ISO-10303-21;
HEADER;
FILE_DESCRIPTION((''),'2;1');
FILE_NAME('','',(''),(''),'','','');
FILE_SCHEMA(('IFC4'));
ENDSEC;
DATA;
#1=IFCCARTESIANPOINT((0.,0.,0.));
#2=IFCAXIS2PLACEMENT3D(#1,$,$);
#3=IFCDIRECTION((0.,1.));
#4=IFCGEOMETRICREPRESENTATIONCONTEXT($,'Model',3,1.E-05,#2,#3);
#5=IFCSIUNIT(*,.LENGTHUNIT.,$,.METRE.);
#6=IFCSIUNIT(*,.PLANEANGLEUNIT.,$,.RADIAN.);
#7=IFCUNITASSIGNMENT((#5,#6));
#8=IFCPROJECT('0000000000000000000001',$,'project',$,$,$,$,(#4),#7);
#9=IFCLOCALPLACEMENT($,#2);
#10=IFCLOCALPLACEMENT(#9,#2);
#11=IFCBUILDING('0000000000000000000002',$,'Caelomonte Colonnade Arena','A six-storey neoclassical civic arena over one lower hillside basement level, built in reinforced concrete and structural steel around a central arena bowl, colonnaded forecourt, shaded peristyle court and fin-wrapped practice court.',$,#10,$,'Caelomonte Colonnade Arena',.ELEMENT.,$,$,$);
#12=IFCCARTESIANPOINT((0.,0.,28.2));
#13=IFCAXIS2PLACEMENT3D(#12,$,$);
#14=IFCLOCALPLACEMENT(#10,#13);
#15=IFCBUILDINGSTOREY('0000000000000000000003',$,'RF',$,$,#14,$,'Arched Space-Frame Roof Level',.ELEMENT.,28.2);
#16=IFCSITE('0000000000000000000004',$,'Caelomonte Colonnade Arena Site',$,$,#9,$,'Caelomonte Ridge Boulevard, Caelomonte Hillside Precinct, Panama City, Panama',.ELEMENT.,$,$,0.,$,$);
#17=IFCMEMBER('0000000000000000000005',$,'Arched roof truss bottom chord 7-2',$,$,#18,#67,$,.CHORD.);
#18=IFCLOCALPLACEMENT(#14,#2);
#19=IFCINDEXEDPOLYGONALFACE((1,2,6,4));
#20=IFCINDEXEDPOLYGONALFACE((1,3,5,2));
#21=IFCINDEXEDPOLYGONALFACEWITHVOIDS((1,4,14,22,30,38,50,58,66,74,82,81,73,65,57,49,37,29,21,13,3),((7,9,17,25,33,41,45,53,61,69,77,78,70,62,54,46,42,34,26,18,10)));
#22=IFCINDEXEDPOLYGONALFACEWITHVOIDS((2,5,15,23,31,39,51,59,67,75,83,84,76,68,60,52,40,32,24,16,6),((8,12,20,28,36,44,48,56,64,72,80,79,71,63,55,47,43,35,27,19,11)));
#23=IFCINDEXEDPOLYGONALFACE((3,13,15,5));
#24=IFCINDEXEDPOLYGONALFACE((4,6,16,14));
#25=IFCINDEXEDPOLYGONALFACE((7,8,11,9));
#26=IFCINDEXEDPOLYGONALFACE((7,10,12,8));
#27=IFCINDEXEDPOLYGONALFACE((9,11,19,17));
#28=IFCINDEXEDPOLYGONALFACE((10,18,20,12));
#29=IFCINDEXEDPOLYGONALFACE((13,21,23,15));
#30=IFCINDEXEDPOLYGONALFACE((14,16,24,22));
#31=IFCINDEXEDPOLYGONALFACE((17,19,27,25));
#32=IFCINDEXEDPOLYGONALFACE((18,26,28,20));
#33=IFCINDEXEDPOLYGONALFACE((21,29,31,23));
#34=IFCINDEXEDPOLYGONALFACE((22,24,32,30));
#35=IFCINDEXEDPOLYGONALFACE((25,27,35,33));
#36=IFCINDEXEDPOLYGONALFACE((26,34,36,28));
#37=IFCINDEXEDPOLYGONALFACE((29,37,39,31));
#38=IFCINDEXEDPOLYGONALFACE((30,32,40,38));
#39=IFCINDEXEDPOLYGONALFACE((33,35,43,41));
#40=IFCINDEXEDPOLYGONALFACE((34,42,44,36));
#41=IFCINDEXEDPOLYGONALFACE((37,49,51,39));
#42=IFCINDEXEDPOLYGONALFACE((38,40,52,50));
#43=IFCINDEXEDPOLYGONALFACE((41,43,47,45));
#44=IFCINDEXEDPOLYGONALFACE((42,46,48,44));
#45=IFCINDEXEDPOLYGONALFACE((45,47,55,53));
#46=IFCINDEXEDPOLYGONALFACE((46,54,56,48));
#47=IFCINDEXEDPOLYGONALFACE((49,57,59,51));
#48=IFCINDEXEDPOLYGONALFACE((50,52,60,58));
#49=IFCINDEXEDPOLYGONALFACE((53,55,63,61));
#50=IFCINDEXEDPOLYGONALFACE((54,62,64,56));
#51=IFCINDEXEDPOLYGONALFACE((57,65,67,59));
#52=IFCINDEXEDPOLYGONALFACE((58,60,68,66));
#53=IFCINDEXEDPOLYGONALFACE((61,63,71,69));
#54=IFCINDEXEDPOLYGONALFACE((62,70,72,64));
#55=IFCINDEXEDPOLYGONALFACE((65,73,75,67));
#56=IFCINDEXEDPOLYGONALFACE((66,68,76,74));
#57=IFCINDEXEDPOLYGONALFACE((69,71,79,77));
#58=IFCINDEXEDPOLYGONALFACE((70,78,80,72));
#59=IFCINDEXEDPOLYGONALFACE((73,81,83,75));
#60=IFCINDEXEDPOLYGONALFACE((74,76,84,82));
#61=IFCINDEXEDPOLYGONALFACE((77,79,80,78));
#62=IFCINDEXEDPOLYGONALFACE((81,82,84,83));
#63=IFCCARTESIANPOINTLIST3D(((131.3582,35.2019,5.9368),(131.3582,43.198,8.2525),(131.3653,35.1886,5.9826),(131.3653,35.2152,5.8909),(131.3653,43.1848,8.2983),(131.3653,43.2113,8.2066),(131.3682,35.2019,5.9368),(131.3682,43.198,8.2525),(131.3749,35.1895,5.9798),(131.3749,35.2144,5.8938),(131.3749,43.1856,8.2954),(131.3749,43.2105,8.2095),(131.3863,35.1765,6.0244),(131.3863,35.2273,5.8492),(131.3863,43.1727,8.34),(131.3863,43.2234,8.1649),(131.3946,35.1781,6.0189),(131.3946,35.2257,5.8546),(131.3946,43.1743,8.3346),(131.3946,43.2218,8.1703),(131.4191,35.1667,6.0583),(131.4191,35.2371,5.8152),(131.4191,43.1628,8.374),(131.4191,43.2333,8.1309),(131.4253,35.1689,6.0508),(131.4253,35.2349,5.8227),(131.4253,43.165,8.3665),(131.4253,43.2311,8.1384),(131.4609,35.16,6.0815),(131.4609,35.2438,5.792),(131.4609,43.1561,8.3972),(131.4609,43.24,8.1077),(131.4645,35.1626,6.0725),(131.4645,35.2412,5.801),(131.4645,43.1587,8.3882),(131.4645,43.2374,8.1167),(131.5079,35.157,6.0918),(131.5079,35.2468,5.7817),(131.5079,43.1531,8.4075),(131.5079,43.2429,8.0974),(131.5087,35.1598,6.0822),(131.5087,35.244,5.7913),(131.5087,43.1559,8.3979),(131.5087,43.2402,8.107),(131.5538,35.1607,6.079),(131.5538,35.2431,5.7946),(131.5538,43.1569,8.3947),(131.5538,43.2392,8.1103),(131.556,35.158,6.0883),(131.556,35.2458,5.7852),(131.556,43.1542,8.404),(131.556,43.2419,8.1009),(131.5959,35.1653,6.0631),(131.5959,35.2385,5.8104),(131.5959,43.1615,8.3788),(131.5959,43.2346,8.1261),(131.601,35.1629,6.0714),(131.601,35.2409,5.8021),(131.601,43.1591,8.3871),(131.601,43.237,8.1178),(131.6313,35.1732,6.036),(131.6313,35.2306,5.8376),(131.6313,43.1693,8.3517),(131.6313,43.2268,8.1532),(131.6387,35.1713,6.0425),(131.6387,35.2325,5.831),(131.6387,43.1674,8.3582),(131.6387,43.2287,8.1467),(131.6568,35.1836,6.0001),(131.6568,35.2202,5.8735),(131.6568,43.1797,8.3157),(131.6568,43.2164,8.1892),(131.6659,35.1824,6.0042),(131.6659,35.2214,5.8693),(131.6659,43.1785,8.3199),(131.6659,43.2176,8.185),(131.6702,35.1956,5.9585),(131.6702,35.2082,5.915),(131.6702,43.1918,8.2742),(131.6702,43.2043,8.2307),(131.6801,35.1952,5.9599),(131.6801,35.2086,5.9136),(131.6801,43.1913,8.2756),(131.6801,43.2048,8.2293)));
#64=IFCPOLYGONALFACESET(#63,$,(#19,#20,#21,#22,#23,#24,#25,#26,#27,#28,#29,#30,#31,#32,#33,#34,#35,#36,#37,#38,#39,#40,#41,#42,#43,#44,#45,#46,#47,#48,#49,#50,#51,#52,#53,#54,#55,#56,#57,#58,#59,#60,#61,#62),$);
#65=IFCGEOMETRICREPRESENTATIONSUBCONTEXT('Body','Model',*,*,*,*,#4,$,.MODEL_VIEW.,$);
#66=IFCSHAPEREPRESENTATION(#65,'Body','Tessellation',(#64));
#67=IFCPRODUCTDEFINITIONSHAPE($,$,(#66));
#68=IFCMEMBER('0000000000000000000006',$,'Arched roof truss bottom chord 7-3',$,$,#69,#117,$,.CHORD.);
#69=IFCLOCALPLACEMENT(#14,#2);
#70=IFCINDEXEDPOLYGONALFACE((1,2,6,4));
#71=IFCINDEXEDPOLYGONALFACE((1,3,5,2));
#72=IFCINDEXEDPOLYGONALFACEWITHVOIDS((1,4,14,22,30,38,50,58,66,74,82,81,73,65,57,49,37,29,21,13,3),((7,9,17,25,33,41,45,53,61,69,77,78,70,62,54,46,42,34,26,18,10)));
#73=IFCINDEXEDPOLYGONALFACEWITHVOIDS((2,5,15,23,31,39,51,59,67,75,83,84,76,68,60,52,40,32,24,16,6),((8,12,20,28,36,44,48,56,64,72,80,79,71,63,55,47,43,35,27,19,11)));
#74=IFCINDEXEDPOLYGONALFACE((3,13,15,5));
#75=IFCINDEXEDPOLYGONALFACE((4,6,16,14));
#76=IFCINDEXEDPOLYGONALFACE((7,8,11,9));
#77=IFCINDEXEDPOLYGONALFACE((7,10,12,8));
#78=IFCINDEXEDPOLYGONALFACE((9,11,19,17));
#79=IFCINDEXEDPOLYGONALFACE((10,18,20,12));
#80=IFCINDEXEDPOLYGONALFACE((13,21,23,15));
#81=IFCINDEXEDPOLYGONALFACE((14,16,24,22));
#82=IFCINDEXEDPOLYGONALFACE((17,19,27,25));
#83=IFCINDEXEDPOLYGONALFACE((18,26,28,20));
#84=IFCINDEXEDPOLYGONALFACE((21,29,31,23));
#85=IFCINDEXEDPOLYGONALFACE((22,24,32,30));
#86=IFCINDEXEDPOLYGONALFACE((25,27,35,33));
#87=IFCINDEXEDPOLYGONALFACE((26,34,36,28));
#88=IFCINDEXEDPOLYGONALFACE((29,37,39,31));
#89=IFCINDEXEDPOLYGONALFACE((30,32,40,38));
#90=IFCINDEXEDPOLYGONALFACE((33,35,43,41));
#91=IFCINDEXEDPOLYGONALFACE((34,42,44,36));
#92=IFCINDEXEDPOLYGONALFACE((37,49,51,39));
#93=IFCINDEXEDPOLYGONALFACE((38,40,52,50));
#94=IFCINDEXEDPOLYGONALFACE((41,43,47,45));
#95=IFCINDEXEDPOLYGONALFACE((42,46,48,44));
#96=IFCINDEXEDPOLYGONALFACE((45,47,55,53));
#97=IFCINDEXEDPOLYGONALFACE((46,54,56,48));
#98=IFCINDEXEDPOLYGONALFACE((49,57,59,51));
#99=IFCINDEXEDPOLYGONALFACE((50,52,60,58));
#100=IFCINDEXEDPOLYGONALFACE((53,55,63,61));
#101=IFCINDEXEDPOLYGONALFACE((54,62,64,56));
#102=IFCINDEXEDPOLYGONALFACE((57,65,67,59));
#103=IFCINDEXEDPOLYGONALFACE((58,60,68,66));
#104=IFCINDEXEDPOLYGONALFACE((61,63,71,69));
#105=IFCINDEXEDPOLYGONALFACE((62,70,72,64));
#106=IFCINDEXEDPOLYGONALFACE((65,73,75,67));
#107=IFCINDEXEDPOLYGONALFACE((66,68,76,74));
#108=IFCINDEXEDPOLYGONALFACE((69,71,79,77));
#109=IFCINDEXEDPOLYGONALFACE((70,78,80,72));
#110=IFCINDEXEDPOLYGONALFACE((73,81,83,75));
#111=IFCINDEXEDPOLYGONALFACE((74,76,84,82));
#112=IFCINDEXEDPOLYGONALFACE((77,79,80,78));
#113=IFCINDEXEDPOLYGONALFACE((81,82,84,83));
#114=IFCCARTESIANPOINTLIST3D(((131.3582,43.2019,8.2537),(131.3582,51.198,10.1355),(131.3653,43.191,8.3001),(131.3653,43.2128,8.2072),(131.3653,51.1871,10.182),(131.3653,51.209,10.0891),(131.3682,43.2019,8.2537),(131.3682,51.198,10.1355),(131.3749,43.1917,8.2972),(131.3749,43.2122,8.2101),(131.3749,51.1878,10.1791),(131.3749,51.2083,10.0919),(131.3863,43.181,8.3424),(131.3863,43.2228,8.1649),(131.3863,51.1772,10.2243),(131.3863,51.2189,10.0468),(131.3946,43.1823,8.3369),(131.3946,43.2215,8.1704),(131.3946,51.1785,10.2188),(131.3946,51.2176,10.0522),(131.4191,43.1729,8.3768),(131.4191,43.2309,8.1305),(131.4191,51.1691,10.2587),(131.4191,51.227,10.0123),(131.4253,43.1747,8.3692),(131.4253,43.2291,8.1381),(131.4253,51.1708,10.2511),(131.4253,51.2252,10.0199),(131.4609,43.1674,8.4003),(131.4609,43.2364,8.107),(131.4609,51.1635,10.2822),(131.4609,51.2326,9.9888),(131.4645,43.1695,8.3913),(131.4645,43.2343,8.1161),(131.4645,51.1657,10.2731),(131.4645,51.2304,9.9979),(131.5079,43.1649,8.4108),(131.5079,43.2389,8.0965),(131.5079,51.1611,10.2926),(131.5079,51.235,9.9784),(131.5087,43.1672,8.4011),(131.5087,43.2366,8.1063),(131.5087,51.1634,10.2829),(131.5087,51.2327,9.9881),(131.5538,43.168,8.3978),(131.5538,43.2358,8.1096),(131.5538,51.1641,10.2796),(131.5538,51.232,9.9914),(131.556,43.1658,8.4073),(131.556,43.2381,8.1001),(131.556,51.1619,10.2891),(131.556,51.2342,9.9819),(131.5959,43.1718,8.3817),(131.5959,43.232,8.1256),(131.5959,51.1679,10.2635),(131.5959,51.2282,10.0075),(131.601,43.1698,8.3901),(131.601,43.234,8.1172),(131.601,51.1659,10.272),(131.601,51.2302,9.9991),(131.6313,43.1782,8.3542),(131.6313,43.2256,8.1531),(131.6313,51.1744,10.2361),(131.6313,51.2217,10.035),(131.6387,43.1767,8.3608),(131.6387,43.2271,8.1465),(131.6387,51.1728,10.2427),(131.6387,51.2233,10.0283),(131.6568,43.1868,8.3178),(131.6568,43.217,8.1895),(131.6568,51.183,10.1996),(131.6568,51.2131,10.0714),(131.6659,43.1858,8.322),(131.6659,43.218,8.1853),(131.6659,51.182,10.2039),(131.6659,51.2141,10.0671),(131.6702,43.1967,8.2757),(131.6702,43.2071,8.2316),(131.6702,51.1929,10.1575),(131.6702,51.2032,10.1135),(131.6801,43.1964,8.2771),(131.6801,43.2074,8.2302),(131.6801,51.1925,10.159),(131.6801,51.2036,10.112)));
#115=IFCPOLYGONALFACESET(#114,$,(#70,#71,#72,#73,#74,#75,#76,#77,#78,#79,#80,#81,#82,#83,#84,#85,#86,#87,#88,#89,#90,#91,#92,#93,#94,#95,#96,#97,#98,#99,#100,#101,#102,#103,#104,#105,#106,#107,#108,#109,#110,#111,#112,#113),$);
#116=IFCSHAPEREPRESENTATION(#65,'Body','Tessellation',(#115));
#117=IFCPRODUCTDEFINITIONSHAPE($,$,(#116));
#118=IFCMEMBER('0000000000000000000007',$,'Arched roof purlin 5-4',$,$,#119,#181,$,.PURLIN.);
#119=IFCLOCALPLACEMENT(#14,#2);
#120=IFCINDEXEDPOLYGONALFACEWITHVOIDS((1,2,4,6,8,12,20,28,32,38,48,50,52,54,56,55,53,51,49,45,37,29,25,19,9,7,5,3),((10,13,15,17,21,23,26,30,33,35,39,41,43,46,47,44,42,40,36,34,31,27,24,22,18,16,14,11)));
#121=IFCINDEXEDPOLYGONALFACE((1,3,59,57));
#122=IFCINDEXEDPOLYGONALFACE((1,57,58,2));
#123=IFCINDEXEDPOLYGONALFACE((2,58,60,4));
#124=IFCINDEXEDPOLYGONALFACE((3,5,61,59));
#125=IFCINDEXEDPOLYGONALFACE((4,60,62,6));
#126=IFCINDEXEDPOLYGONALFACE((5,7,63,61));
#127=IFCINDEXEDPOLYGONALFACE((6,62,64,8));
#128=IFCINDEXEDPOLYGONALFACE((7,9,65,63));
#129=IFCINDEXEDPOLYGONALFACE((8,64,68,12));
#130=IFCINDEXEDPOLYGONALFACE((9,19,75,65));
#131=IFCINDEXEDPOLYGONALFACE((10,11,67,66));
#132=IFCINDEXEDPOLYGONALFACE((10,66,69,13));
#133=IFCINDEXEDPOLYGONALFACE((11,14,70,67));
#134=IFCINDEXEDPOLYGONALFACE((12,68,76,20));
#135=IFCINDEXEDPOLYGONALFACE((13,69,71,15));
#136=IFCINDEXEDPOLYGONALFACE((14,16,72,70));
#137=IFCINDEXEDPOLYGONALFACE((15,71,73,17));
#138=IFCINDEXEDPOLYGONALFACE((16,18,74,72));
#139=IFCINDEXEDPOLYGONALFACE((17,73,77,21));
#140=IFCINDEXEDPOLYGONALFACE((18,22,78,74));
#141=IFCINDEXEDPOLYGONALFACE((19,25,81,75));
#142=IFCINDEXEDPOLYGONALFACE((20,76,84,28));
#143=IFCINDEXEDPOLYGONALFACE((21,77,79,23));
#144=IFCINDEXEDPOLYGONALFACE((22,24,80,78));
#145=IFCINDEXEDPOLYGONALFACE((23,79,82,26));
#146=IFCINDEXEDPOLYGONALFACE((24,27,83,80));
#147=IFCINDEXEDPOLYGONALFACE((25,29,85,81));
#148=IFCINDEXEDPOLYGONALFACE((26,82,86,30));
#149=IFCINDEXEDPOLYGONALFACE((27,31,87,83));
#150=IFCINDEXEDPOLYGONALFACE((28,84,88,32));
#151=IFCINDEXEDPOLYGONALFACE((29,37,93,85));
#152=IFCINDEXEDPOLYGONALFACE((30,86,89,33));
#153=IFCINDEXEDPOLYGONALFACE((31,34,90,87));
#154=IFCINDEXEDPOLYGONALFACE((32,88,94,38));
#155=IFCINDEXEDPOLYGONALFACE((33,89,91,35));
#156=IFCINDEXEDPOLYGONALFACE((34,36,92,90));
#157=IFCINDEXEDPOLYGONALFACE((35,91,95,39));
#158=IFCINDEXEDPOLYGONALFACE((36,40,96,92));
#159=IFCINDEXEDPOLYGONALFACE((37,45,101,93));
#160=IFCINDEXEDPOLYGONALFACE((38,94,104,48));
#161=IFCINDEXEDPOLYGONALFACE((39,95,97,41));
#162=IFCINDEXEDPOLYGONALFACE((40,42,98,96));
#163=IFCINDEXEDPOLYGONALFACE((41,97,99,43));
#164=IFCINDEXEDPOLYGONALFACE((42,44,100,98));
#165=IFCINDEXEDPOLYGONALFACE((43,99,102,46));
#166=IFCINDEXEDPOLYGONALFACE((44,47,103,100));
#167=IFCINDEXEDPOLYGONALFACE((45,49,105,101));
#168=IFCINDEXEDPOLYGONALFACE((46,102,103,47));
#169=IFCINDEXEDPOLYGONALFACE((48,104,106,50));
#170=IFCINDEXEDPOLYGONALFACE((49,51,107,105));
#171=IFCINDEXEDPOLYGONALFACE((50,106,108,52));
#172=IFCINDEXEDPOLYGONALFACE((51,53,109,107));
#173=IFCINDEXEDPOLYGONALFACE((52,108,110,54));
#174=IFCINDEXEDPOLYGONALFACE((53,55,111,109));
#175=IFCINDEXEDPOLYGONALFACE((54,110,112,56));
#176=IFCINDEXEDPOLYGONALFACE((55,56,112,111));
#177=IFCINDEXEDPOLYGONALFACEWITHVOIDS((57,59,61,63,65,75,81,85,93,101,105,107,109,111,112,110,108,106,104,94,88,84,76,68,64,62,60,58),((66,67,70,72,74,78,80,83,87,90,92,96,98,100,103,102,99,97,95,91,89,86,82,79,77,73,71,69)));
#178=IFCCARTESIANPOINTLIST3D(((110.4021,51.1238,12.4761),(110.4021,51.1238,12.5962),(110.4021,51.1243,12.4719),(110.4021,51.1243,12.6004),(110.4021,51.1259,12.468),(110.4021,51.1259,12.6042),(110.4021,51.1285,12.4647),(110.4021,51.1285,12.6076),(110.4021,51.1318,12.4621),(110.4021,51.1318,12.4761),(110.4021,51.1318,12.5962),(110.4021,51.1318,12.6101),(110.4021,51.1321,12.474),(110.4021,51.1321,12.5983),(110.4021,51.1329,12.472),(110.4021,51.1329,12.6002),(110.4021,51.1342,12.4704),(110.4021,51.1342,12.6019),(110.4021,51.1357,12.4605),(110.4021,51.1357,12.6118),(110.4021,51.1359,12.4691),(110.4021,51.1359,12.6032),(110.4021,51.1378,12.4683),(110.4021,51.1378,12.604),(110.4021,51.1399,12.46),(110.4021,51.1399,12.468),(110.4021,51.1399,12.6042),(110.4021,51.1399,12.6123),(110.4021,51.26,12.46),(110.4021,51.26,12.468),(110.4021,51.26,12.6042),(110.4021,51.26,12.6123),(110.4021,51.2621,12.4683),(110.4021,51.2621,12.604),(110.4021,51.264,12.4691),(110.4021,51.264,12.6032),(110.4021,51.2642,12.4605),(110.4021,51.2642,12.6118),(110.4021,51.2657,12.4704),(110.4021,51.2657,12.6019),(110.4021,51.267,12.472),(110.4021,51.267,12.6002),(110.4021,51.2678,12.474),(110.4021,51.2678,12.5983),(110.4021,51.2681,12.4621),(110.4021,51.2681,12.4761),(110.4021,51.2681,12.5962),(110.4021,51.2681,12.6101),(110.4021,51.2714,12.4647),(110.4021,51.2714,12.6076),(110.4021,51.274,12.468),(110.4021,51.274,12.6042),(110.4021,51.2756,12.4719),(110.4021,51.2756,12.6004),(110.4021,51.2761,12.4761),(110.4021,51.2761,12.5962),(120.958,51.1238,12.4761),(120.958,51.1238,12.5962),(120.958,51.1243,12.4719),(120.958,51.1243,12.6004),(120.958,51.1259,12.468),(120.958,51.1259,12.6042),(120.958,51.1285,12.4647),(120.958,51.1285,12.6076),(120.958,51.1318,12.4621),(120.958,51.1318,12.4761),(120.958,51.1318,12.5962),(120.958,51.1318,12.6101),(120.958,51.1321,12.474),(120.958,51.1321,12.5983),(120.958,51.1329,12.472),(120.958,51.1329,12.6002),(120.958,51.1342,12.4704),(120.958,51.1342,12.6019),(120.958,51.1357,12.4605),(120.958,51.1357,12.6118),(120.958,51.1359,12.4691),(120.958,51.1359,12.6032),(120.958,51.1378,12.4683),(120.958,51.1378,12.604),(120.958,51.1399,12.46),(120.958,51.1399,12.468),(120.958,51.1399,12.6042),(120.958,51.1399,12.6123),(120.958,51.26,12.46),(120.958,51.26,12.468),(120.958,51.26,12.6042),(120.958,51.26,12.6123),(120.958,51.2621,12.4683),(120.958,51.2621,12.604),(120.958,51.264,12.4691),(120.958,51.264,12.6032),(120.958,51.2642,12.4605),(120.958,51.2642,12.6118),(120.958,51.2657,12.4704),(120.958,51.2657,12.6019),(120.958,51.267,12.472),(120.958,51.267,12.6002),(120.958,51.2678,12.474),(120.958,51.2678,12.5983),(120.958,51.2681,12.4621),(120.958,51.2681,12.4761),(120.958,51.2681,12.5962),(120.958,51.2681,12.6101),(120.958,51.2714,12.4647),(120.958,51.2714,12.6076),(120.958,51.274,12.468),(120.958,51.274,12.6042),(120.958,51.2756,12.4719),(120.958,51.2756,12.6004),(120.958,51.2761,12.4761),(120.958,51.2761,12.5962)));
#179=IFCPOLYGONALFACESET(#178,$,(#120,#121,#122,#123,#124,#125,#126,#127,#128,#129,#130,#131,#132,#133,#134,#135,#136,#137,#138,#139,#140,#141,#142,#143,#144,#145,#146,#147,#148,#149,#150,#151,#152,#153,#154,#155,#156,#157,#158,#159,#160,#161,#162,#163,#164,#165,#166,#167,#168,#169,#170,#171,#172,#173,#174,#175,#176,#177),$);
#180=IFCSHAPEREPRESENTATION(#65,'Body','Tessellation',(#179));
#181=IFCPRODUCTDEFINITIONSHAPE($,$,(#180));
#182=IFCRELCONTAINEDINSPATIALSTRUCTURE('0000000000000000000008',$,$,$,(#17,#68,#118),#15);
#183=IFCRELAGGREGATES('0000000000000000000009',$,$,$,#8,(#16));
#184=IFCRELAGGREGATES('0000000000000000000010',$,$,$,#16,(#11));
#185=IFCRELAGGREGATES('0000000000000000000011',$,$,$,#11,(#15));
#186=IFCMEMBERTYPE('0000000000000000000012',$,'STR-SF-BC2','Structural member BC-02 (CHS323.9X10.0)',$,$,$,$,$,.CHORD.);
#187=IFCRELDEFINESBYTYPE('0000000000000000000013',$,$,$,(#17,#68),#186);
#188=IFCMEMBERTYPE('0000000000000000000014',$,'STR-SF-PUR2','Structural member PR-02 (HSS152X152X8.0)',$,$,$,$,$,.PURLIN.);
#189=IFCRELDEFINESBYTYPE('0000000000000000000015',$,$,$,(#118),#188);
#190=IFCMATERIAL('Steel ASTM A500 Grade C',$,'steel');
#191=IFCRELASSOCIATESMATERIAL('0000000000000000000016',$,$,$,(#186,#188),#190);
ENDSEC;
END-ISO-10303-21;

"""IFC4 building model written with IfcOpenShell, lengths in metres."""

from ifc_helpers import new_model, si_unit, direction, frame, origin, origin_2d, place, context, subcontext, project, spatial, hollow_rectangle, hollow_circle, extrude, material, material_profile, profile_set, type_object, element, save


model = new_model("IFC4")

# Units and contexts
model_context = context("Model", 3, precision=1e-05, world=origin(), true_north=direction((0.0, 1.0)))
body_context = subcontext(model_context, "Body", "Model", "MODEL_VIEW")
ifc_project = project(units=[si_unit("LENGTHUNIT", "METRE"), si_unit("PLANEANGLEUNIT", "RADIAN")], contexts=[model_context])

# Site, building, storey
site_placement = place(None, origin())
site = spatial("IfcSite", under=ifc_project, at=site_placement, Name="Caelomonte Colonnade Arena Site", LongName="Caelomonte Ridge Boulevard, Caelomonte Hillside Precinct, Panama City, Panama", CompositionType="ELEMENT", RefElevation=0.0)
building_placement = place(site_placement, origin())
building = spatial("IfcBuilding", under=site, at=building_placement, Name="Caelomonte Colonnade Arena", Description="A six-storey neoclassical civic arena over one lower hillside basement level, built in reinforced concrete and structural steel around a central arena bowl, colonnaded forecourt, shaded peristyle court and fin-wrapped practice court.", LongName="Caelomonte Colonnade Arena", CompositionType="ELEMENT")
storey_placement = place(building_placement, frame((0.0, 0.0, 28.2)))
storey = spatial("IfcBuildingStorey", under=building, at=storey_placement, Name="RF", LongName="Arched Space-Frame Roof Level", CompositionType="ELEMENT", Elevation=28.2)

# Members
ifc_material_1 = material(Name="Steel ASTM A500 Grade C", Category="steel")
ifc_material_profile_1 = material_profile(ifc_material_1, hollow_circle(Radius=0.1619, WallThickness=0.01, at=origin_2d()), Name="CHS323.9X10.0")
ifc_profile_set_1 = profile_set([ifc_material_profile_1], Name="Steel ASTM A500 Grade C")
member_type_1 = type_object("IfcMemberType", Name="STR-SF-BC2", Description="Structural member BC-02 (CHS323.9X10.0)", PredefinedType="CHORD", material=ifc_profile_set_1)
member_1_placement = place(storey_placement, frame((131.52, 35.2019, 5.9368), z_axis=(0.0, 0.960532, 0.278171), x_axis=(-1.0, 0.0, 0.0)))
element("IfcMember", 1, at=member_1_placement, inside=storey, type_object=member_type_1, Name="Arched roof truss bottom chord 7-2", PredefinedType="CHORD", context=body_context, shape_type="SweptSolid", body=[
    extrude(hollow_circle(Radius=0.1619, WallThickness=0.01, at=origin_2d()), origin(), (0.0, 0.0, 1.0), 8.3247),
])
member_2_placement = place(storey_placement, frame((131.52, 43.2019, 8.2537), z_axis=(0.0, 0.973406, 0.229086), x_axis=(-1.0, 0.0, 0.0)))
element("IfcMember", 2, at=member_2_placement, inside=storey, type_object=member_type_1, Name="Arched roof truss bottom chord 7-3", PredefinedType="CHORD", context=body_context, shape_type="SweptSolid", body=[
    extrude(hollow_circle(Radius=0.1619, WallThickness=0.01, at=origin_2d()), origin(), (0.0, 0.0, 1.0), 8.2146),
])
ifc_material_profile_2 = material_profile(ifc_material_1, hollow_rectangle(XDim=0.1523, YDim=0.1523, WallThickness=0.0081, InnerFilletRadius=0.0081, OuterFilletRadius=0.0161, at=origin_2d()), Name="HSS152X152X8.0")
ifc_profile_set_2 = profile_set([ifc_material_profile_2], Name="Steel ASTM A500 Grade C")
member_type_2 = type_object("IfcMemberType", Name="STR-SF-PUR2", Description="Structural member PR-02 (HSS152X152X8.0)", PredefinedType="PURLIN", material=ifc_profile_set_2)
member_3_placement = place(storey_placement, frame((110.4021, 51.2, 12.5361), z_axis=(1.0, 0.0, 0.0), x_axis=(0.0, 1.0, 0.0)))
element("IfcMember", 3, at=member_3_placement, inside=storey, type_object=member_type_2, Name="Arched roof purlin 5-4", PredefinedType="PURLIN", context=body_context, shape_type="SweptSolid", body=[
    extrude(hollow_rectangle(XDim=0.1523, YDim=0.1523, WallThickness=0.0081, InnerFilletRadius=0.0081, OuterFilletRadius=0.0161, at=origin_2d()), origin(), (0.0, 0.0, 1.0), 10.5559),
])

save(model, "model.ifc")
